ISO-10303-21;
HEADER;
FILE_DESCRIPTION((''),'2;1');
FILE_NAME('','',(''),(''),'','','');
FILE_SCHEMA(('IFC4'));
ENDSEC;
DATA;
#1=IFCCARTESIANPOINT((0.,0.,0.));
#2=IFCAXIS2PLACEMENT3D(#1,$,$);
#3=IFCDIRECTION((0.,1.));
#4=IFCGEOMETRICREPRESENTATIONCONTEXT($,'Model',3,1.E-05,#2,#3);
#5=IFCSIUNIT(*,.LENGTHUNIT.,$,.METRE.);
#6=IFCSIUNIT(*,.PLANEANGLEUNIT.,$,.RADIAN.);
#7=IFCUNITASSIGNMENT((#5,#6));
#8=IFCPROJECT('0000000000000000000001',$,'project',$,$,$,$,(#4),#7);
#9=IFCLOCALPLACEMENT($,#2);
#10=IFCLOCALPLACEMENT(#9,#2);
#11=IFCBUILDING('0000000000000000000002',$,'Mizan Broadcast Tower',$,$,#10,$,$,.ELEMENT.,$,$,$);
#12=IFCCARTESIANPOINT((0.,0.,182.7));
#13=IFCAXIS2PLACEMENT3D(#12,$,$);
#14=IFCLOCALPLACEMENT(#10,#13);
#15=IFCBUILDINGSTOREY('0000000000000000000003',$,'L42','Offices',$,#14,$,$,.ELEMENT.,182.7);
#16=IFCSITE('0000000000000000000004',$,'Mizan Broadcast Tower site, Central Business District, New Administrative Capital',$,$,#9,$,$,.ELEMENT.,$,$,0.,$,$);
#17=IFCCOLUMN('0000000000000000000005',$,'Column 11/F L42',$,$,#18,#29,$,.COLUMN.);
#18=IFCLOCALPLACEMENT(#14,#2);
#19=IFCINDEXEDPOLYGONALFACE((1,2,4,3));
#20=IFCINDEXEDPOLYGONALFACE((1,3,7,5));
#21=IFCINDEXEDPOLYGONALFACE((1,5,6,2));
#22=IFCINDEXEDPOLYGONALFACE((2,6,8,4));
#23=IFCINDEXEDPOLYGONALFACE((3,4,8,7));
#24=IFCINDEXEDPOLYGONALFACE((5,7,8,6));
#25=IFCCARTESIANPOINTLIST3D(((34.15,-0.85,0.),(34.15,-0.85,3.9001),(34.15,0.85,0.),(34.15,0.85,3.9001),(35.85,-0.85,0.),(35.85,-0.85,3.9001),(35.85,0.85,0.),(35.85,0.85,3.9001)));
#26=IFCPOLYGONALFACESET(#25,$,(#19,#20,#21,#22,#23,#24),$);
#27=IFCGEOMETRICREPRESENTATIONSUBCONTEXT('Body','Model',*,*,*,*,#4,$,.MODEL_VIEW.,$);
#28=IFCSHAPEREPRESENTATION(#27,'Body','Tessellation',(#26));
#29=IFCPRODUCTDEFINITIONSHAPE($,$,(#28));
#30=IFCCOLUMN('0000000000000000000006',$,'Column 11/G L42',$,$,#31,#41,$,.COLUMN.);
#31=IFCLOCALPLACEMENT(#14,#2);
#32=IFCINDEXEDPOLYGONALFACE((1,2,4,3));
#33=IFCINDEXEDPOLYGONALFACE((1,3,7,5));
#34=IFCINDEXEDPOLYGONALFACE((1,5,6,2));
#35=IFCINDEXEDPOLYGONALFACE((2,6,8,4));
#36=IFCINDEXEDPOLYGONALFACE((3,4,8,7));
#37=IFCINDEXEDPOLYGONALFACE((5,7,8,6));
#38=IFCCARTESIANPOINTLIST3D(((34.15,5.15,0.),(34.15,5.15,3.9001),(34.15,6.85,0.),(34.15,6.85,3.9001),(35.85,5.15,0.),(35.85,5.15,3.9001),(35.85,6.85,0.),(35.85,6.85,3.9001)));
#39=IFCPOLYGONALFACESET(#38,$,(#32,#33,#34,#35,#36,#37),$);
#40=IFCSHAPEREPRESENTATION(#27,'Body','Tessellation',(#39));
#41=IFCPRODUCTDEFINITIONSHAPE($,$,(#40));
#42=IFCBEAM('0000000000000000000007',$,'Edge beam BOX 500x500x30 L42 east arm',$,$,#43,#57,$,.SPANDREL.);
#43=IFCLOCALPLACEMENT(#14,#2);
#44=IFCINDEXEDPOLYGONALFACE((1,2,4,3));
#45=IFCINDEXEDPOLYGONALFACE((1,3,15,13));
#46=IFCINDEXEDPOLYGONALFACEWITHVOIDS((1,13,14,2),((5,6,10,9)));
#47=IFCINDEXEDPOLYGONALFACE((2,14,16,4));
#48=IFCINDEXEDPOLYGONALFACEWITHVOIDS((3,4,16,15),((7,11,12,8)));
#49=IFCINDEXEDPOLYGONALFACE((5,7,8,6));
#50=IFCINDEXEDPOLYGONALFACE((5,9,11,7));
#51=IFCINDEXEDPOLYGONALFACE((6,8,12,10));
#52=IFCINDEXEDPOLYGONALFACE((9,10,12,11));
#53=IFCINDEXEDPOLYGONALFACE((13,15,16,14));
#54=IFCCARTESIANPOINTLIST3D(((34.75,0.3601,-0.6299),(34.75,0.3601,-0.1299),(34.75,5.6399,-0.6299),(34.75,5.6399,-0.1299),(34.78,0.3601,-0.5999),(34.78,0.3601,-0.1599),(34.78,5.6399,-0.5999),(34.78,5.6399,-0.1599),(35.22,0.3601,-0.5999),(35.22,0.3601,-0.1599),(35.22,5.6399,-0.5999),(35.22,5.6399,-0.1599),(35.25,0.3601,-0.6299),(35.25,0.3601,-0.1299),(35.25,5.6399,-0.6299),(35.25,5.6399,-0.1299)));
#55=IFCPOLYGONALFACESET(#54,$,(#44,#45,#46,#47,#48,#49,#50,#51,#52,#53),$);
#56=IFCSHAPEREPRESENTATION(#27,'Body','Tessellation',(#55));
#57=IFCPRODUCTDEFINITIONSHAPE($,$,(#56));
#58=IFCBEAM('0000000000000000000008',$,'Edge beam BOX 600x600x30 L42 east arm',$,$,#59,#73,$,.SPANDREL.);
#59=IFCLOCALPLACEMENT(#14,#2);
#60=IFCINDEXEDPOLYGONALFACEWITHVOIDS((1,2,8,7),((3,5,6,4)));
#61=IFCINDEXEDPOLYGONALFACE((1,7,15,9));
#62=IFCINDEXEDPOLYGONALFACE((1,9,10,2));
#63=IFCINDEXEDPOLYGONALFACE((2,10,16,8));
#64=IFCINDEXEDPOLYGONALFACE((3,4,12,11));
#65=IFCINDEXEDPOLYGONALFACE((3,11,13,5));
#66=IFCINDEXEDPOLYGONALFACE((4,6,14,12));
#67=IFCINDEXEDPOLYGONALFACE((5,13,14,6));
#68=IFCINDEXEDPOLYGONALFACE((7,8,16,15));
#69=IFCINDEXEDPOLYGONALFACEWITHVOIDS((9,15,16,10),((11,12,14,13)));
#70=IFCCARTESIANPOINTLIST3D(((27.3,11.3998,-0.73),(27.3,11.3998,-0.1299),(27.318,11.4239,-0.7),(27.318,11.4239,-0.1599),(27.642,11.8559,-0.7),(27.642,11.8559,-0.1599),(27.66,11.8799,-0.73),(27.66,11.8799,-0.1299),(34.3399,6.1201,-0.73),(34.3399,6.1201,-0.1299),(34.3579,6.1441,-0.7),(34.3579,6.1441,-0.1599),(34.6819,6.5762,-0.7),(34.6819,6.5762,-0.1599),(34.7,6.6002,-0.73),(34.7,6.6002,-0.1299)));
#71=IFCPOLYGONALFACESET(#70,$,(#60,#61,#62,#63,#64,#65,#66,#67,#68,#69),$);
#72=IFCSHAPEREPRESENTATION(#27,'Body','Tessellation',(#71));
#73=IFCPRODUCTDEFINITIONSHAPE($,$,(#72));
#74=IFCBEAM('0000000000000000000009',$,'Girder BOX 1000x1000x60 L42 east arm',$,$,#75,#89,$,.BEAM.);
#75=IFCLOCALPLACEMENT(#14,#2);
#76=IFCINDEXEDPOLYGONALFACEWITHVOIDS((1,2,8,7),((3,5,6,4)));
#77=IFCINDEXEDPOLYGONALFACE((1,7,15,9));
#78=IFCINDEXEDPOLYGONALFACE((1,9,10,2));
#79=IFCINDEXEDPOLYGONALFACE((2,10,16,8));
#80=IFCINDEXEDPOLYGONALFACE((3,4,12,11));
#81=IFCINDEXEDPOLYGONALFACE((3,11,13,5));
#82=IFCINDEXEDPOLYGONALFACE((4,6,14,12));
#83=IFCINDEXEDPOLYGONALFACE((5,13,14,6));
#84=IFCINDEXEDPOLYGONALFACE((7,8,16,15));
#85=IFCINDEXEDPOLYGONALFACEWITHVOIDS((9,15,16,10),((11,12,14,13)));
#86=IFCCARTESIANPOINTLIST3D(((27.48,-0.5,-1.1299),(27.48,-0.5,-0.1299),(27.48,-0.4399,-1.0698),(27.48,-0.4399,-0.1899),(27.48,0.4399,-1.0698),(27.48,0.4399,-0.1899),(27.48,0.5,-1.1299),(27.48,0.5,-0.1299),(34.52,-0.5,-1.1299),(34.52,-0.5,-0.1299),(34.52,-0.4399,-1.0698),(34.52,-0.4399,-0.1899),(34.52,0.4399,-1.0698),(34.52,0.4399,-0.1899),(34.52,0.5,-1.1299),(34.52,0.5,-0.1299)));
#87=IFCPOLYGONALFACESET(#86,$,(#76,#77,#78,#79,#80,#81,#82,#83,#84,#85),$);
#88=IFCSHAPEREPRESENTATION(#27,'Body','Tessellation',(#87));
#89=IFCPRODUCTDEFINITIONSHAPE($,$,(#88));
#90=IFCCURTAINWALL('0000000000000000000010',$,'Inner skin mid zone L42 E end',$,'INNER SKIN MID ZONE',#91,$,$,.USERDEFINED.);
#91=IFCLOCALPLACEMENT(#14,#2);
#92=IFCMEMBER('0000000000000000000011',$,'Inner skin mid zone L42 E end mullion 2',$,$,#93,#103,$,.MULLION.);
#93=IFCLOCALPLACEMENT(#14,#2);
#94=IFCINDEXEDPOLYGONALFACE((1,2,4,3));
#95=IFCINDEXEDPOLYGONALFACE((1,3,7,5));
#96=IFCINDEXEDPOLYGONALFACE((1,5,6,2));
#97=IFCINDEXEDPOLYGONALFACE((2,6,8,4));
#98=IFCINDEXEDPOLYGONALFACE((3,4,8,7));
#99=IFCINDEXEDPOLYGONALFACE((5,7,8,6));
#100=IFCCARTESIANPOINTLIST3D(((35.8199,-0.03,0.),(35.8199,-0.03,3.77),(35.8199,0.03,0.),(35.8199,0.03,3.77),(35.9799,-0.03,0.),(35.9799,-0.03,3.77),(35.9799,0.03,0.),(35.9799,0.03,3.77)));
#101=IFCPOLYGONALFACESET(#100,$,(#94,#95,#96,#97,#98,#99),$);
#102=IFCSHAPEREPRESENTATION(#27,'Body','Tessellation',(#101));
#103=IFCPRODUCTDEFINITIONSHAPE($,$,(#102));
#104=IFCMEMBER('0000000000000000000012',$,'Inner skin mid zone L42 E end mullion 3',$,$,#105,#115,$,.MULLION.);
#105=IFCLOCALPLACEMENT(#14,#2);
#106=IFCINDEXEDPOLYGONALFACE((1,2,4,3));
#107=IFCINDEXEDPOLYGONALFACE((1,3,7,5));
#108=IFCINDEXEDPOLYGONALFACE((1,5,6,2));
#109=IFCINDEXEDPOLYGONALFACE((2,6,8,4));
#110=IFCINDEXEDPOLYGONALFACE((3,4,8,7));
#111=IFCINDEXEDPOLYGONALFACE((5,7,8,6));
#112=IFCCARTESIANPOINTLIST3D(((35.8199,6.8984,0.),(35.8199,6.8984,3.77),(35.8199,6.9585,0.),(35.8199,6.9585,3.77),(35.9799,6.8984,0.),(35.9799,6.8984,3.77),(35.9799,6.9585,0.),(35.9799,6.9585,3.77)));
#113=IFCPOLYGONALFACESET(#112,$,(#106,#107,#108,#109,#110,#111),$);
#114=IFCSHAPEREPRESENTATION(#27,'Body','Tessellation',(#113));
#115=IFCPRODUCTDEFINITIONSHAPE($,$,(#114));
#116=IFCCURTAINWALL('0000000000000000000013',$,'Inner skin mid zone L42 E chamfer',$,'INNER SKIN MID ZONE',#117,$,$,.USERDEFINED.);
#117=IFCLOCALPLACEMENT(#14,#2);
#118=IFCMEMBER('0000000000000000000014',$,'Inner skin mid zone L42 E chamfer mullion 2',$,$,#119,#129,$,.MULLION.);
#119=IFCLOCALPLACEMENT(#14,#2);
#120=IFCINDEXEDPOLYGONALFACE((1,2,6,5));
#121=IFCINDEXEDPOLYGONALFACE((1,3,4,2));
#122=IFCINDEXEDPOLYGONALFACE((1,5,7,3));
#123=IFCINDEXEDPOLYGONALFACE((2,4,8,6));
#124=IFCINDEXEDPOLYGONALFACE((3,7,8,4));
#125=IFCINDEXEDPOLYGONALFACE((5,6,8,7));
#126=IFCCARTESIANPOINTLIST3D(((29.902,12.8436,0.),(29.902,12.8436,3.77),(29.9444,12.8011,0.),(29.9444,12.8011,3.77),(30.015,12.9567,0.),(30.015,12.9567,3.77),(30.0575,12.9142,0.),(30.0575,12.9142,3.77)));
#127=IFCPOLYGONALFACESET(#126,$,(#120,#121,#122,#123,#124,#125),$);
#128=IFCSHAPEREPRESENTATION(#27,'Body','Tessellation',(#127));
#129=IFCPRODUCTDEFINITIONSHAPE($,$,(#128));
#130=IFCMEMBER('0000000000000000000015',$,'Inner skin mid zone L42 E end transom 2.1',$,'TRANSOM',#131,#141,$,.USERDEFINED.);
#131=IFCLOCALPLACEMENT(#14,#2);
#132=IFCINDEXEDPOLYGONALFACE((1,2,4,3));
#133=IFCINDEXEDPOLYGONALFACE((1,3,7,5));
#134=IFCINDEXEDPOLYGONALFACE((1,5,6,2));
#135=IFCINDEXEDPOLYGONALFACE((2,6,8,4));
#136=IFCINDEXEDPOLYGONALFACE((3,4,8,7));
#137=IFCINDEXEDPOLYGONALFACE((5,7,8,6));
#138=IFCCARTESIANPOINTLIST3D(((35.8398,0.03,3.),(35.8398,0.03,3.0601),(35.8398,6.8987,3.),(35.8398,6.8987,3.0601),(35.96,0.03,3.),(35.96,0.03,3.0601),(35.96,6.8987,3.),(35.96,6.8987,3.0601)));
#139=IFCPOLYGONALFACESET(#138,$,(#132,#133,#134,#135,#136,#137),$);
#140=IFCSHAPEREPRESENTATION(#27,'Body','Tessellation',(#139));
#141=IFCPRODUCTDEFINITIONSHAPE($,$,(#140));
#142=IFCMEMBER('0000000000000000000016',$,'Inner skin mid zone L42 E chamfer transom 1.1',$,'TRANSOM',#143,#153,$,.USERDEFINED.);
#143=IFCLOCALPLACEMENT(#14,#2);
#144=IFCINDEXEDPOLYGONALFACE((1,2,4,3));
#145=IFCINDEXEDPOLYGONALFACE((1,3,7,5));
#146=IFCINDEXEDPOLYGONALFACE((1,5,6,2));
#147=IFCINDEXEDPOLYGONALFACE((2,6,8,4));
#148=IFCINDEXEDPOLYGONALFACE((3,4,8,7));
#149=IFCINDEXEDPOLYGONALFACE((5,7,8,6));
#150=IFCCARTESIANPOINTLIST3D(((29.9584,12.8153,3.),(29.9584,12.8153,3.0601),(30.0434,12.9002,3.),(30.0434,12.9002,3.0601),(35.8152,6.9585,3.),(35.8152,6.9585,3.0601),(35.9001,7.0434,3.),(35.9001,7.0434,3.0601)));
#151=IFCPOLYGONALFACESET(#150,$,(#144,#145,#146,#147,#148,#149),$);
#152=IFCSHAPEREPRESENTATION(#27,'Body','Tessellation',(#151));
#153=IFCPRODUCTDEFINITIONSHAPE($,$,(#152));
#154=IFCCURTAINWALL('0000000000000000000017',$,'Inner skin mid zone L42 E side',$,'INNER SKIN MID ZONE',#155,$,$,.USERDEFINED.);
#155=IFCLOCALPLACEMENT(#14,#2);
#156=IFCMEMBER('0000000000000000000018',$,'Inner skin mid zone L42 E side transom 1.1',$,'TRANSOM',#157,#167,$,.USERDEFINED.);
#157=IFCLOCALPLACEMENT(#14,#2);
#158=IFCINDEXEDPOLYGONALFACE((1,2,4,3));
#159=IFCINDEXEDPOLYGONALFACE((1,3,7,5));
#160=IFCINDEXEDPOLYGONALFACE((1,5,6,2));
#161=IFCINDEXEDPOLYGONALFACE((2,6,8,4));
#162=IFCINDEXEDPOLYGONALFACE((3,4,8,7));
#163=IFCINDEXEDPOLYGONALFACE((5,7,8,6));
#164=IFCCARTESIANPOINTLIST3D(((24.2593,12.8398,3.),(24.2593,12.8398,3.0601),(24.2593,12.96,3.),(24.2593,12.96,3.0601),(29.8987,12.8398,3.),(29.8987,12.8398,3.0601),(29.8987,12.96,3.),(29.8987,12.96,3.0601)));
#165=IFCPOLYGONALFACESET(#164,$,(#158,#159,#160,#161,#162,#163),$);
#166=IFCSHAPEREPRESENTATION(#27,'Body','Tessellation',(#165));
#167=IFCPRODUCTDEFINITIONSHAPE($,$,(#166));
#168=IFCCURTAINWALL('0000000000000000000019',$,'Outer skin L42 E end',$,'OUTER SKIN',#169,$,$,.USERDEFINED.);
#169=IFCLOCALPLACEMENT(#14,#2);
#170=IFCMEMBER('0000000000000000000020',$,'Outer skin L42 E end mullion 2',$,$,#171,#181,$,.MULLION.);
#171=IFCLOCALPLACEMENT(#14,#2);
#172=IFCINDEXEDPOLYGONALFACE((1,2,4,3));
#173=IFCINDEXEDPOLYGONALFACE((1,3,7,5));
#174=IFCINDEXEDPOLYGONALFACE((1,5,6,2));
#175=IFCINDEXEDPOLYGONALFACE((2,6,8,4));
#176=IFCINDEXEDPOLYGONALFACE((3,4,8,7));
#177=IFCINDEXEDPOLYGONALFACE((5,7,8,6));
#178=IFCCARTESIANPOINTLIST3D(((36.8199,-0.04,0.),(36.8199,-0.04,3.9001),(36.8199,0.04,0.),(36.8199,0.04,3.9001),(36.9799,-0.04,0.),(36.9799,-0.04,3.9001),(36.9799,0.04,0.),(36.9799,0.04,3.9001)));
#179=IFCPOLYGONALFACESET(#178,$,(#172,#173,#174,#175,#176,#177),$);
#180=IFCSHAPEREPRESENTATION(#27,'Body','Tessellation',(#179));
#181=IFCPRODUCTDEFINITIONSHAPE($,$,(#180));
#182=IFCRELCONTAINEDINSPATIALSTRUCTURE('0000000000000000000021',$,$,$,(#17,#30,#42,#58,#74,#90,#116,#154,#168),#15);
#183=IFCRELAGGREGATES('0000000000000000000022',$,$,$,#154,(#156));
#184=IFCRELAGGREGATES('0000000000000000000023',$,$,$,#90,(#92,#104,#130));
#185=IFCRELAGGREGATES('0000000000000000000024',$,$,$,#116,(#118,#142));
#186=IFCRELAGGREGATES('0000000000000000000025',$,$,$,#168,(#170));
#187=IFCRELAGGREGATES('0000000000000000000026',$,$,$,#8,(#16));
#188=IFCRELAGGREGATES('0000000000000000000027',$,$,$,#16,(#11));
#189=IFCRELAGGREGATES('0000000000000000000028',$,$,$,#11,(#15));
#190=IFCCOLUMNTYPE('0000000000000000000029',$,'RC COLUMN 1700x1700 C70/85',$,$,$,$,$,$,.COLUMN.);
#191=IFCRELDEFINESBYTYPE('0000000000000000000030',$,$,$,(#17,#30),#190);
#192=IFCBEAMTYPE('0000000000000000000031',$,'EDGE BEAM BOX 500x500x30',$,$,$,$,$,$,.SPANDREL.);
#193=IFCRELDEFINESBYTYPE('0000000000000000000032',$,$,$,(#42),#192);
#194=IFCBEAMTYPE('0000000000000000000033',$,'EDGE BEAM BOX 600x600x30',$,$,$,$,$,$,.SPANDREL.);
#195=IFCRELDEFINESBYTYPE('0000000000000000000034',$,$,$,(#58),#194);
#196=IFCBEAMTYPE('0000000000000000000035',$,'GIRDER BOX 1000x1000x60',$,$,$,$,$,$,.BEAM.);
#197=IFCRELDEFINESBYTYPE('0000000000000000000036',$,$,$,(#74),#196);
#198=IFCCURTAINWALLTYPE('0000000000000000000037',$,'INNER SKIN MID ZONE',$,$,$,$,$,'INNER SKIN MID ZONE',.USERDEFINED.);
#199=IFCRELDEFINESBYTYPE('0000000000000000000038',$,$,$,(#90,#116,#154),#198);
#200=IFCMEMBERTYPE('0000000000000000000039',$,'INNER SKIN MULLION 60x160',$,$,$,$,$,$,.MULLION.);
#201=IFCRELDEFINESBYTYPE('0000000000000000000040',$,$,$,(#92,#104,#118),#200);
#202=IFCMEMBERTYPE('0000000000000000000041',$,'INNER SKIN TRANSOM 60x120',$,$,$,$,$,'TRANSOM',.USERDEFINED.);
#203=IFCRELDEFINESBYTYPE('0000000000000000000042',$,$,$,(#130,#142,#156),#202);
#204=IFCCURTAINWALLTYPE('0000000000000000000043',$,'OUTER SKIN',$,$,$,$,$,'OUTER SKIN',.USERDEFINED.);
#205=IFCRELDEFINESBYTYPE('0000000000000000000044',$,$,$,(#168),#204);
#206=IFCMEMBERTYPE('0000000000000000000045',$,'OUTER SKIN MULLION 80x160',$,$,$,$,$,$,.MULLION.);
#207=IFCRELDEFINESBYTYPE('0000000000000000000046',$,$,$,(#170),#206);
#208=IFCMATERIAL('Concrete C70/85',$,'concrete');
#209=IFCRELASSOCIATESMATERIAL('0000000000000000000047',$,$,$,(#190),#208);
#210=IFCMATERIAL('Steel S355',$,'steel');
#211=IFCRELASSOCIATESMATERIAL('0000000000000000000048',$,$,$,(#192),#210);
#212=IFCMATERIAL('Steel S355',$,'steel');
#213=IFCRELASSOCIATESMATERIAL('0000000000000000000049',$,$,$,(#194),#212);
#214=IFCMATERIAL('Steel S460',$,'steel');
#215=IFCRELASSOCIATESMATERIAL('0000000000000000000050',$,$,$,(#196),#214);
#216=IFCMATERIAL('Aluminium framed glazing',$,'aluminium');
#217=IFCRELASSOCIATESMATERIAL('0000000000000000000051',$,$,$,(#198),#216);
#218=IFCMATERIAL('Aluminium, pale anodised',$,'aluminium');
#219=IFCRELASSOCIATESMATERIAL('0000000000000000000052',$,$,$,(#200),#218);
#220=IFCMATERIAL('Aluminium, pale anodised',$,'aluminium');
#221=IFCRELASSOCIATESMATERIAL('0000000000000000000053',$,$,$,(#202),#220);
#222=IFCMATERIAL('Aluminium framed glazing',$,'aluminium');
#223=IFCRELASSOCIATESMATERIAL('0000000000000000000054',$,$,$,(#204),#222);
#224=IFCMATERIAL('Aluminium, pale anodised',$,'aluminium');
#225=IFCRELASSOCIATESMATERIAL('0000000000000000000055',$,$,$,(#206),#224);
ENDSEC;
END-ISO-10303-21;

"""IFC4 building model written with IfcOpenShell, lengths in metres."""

from ifc_helpers import new_model, si_unit, direction, frame, origin, origin_2d, place, context, subcontext, project, spatial, rectangle, hollow_rectangle, extrude, material, material_profile, profile_set, type_object, element, aggregate, save


model = new_model("IFC4")

# Units and contexts
model_context = context("Model", 3, precision=1e-05, world=origin(), true_north=direction((0.0, 1.0)))
body_context = subcontext(model_context, "Body", "Model", "MODEL_VIEW")
ifc_project = project(units=[si_unit("LENGTHUNIT", "METRE"), si_unit("PLANEANGLEUNIT", "RADIAN")], contexts=[model_context])

# Site, building, storey
site_placement = place(None, origin())
site = spatial("IfcSite", under=ifc_project, at=site_placement, Name="Mizan Broadcast Tower site, Central Business District, New Administrative Capital", CompositionType="ELEMENT", RefElevation=0.0)
building_placement = place(site_placement, origin())
building = spatial("IfcBuilding", under=site, at=building_placement, Name="Mizan Broadcast Tower", CompositionType="ELEMENT")
storey_placement = place(building_placement, frame((0.0, 0.0, 182.7)))
storey = spatial("IfcBuildingStorey", under=building, at=storey_placement, Name="L42", Description="Offices", CompositionType="ELEMENT", Elevation=182.7)

# Columns
ifc_material_1 = material(Name="Concrete C70/85", Category="concrete")
ifc_material_profile_1 = material_profile(ifc_material_1, rectangle(XDim=1.7, YDim=1.7, at=origin_2d()), Name="RC 1700x1700")
ifc_profile_set_1 = profile_set([ifc_material_profile_1], Name="Concrete C70/85")
column_type = type_object("IfcColumnType", Name="RC COLUMN 1700x1700 C70/85", PredefinedType="COLUMN", material=ifc_profile_set_1)
for number, where, z_axis, x_axis, name in (
    (1, (35.0, 0.0, 0.0), (0.0, 0.0, 1.0), (1.0, 0.0, 0.0), "Column 11/F L42"),
    (2, (35.0, 6.0, 0.0), (0.0, 0.0, 1.0), (1.0, 0.0, 0.0), "Column 11/G L42"),
):
    element("IfcColumn", number, at=place(storey_placement, frame(where, z_axis=z_axis, x_axis=x_axis)), inside=storey, type_object=column_type, Name=name, PredefinedType="COLUMN", context=body_context, shape_type="SweptSolid", body=[
        extrude(rectangle(XDim=1.7, YDim=1.7, at=origin_2d()), origin(), (0.0, 0.0, 1.0), 3.9001),
    ])

# Beams
ifc_material_2 = material(Name="Steel S355", Category="steel")
ifc_material_profile_2 = material_profile(ifc_material_2, hollow_rectangle(XDim=0.5, YDim=0.5, WallThickness=0.03, at=origin_2d()), Name="BOX 500x500x30")
ifc_profile_set_2 = profile_set([ifc_material_profile_2], Name="Steel S355")
beam_type_1 = type_object("IfcBeamType", Name="EDGE BEAM BOX 500x500x30", PredefinedType="SPANDREL", material=ifc_profile_set_2)
beam_1_placement = place(storey_placement, frame((35.0, 5.6399, -0.3799), z_axis=(0.0, -1.0, 0.0), x_axis=(1.0, 0.0, 0.0)))
element("IfcBeam", 3, at=beam_1_placement, inside=storey, type_object=beam_type_1, Name="Edge beam BOX 500x500x30 L42 east arm", PredefinedType="SPANDREL", context=body_context, shape_type="SweptSolid", body=[
    extrude(hollow_rectangle(XDim=0.5, YDim=0.5, WallThickness=0.03, at=origin_2d()), origin(), (0.0, 0.0, 1.0), 5.2798),
])
ifc_material_3 = material(Name="Steel S355", Category="steel")
ifc_material_profile_3 = material_profile(ifc_material_3, hollow_rectangle(XDim=0.6001, YDim=0.6001, WallThickness=0.03, at=origin_2d()), Name="BOX 600x600x30")
ifc_profile_set_3 = profile_set([ifc_material_profile_3], Name="Steel S355")
beam_type_2 = type_object("IfcBeamType", Name="EDGE BEAM BOX 600x600x30", PredefinedType="SPANDREL", material=ifc_profile_set_3)
beam_2_placement = place(storey_placement, frame((27.48, 11.6399, -0.4299), z_axis=(0.800013, -0.599982, 0.0), x_axis=(0.599982, 0.800013, 0.0)))
element("IfcBeam", 4, at=beam_2_placement, inside=storey, type_object=beam_type_2, Name="Edge beam BOX 600x600x30 L42 east arm", PredefinedType="SPANDREL", context=body_context, shape_type="SweptSolid", body=[
    extrude(hollow_rectangle(XDim=0.6001, YDim=0.6001, WallThickness=0.03, at=origin_2d()), origin(), (0.0, 0.0, 1.0), 8.7998),
])
ifc_material_4 = material(Name="Steel S460", Category="steel")
ifc_material_profile_4 = material_profile(ifc_material_4, hollow_rectangle(XDim=1.0, YDim=1.0, WallThickness=0.0601, at=origin_2d()), Name="BOX 1000x1000x60")
ifc_profile_set_4 = profile_set([ifc_material_profile_4], Name="Steel S460")
beam_type_3 = type_object("IfcBeamType", Name="GIRDER BOX 1000x1000x60", PredefinedType="BEAM", material=ifc_profile_set_4)
beam_3_placement = place(storey_placement, frame((27.48, 0.0, -0.6299), z_axis=(1.0, 0.0, 0.0), x_axis=(0.0, 1.0, 0.0)))
element("IfcBeam", 5, at=beam_3_placement, inside=storey, type_object=beam_type_3, Name="Girder BOX 1000x1000x60 L42 east arm", PredefinedType="BEAM", context=body_context, shape_type="SweptSolid", body=[
    extrude(hollow_rectangle(XDim=1.0, YDim=1.0, WallThickness=0.0601, at=origin_2d()), origin(), (0.0, 0.0, 1.0), 7.04),
])

# Curtain wall, members
ifc_material_5 = material(Name="Aluminium framed glazing", Category="aluminium")
curtain_wall_type_1 = type_object("IfcCurtainWallType", Name="INNER SKIN MID ZONE", ElementType="INNER SKIN MID ZONE", PredefinedType="USERDEFINED", material=ifc_material_5)
curtain_wall_1_placement = place(storey_placement, origin())
curtain_wall_1 = element("IfcCurtainWall", 6, at=curtain_wall_1_placement, inside=storey, type_object=curtain_wall_type_1, Name="Inner skin mid zone L42 E end", ObjectType="INNER SKIN MID ZONE", PredefinedType="USERDEFINED")
ifc_material_6 = material(Name="Aluminium, pale anodised", Category="aluminium")
ifc_material_profile_5 = material_profile(ifc_material_6, rectangle(XDim=0.1599, YDim=0.0601, at=origin_2d()), Name="MULLION 160x60")
ifc_profile_set_5 = profile_set([ifc_material_profile_5], Name="Aluminium, pale anodised")
member_type_1 = type_object("IfcMemberType", Name="INNER SKIN MULLION 60x160", PredefinedType="MULLION", material=ifc_profile_set_5)
member_1_placement = place(storey_placement, frame((35.8999, 0.0, 0.0), z_axis=(0.0, 0.0, 1.0), x_axis=(-1.0, 0.0, 0.0)))
member_1 = element("IfcMember", 7, at=member_1_placement, type_object=member_type_1, Name="Inner skin mid zone L42 E end mullion 2", PredefinedType="MULLION", context=body_context, shape_type="SweptSolid", body=[
    extrude(rectangle(XDim=0.1599, YDim=0.0601, at=origin_2d()), origin(), (0.0, 0.0, 1.0), 3.77),
])
member_2_placement = place(storey_placement, frame((35.8999, 6.9285, 0.0), z_axis=(0.0, 0.0, 1.0), x_axis=(-1.0, 0.0, 0.0)))
member_2 = element("IfcMember", 8, at=member_2_placement, type_object=member_type_1, Name="Inner skin mid zone L42 E end mullion 3", PredefinedType="MULLION", context=body_context, shape_type="SweptSolid", body=[
    extrude(rectangle(XDim=0.1599, YDim=0.0601, at=origin_2d()), origin(), (0.0, 0.0, 1.0), 3.77),
])

# Curtain wall, member
curtain_wall_2_placement = place(storey_placement, origin())
curtain_wall_2 = element("IfcCurtainWall", 9, at=curtain_wall_2_placement, inside=storey, type_object=curtain_wall_type_1, Name="Inner skin mid zone L42 E chamfer", ObjectType="INNER SKIN MID ZONE", PredefinedType="USERDEFINED")
member_3_placement = place(storey_placement, frame((29.9797, 12.8789, 0.0), z_axis=(0.0, 0.0, 1.0), x_axis=(-0.707107, -0.707107, 0.0)))
member_3 = element("IfcMember", 10, at=member_3_placement, type_object=member_type_1, Name="Inner skin mid zone L42 E chamfer mullion 2", PredefinedType="MULLION", context=body_context, shape_type="SweptSolid", body=[
    extrude(rectangle(XDim=0.1599, YDim=0.0601, at=origin_2d()), origin(), (0.0, 0.0, 1.0), 3.77),
])

# Members
ifc_material_7 = material(Name="Aluminium, pale anodised", Category="aluminium")
ifc_material_profile_6 = material_profile(ifc_material_7, rectangle(XDim=0.1201, YDim=0.0601, at=origin_2d()), Name="TRANSOM 120x60")
ifc_profile_set_6 = profile_set([ifc_material_profile_6], Name="Aluminium, pale anodised")
member_type_2 = type_object("IfcMemberType", Name="INNER SKIN TRANSOM 60x120", ElementType="TRANSOM", PredefinedType="USERDEFINED", material=ifc_profile_set_6)
member_4_placement = place(storey_placement, frame((35.8999, 0.03, 3.03), z_axis=(0.0, 1.0, 0.0), x_axis=(-1.0, 0.0, 0.0)))
member_4 = element("IfcMember", 11, at=member_4_placement, type_object=member_type_2, Name="Inner skin mid zone L42 E end transom 2.1", ObjectType="TRANSOM", PredefinedType="USERDEFINED", context=body_context, shape_type="SweptSolid", body=[
    extrude(rectangle(XDim=0.1201, YDim=0.0601, at=origin_2d()), origin(), (0.0, 0.0, 1.0), 6.8687),
])
member_5_placement = place(storey_placement, frame((35.8577, 7.001, 3.03), z_axis=(-0.707107, 0.707107, 0.0), x_axis=(-0.707107, -0.707107, 0.0)))
member_5 = element("IfcMember", 12, at=member_5_placement, type_object=member_type_2, Name="Inner skin mid zone L42 E chamfer transom 1.1", ObjectType="TRANSOM", PredefinedType="USERDEFINED", context=body_context, shape_type="SweptSolid", body=[
    extrude(rectangle(XDim=0.1201, YDim=0.0601, at=origin_2d()), origin(), (0.0, 0.0, 1.0), 8.2827),
])

# Curtain wall, member
curtain_wall_3_placement = place(storey_placement, origin())
curtain_wall_3 = element("IfcCurtainWall", 13, at=curtain_wall_3_placement, inside=storey, type_object=curtain_wall_type_1, Name="Inner skin mid zone L42 E side", ObjectType="INNER SKIN MID ZONE", PredefinedType="USERDEFINED")
member_6_placement = place(storey_placement, frame((29.8987, 12.8999, 3.03), z_axis=(-1.0, 0.0, 0.0), x_axis=(0.0, -1.0, 0.0)))
member_6 = element("IfcMember", 14, at=member_6_placement, type_object=member_type_2, Name="Inner skin mid zone L42 E side transom 1.1", ObjectType="TRANSOM", PredefinedType="USERDEFINED", context=body_context, shape_type="SweptSolid", body=[
    extrude(rectangle(XDim=0.1201, YDim=0.0601, at=origin_2d()), origin(), (0.0, 0.0, 1.0), 5.6394),
])
aggregate(curtain_wall_3, [member_6])

# Curtain wall, member
ifc_material_8 = material(Name="Aluminium framed glazing", Category="aluminium")
curtain_wall_type_2 = type_object("IfcCurtainWallType", Name="OUTER SKIN", ElementType="OUTER SKIN", PredefinedType="USERDEFINED", material=ifc_material_8)
curtain_wall_4_placement = place(storey_placement, origin())
curtain_wall_4 = element("IfcCurtainWall", 15, at=curtain_wall_4_placement, inside=storey, type_object=curtain_wall_type_2, Name="Outer skin L42 E end", ObjectType="OUTER SKIN", PredefinedType="USERDEFINED")
ifc_material_9 = material(Name="Aluminium, pale anodised", Category="aluminium")
ifc_material_profile_7 = material_profile(ifc_material_9, rectangle(XDim=0.1599, YDim=0.0801, at=origin_2d()), Name="MULLION 160x80")
ifc_profile_set_7 = profile_set([ifc_material_profile_7], Name="Aluminium, pale anodised")
member_type_3 = type_object("IfcMemberType", Name="OUTER SKIN MULLION 80x160", PredefinedType="MULLION", material=ifc_profile_set_7)
member_7_placement = place(storey_placement, frame((36.8999, 0.0, 0.0), z_axis=(0.0, 0.0, 1.0), x_axis=(-1.0, 0.0, 0.0)))
member_7 = element("IfcMember", 16, at=member_7_placement, type_object=member_type_3, Name="Outer skin L42 E end mullion 2", PredefinedType="MULLION", context=body_context, shape_type="SweptSolid", body=[
    extrude(rectangle(XDim=0.1599, YDim=0.0801, at=origin_2d()), origin(), (0.0, 0.0, 1.0), 3.9001),
])

aggregate(curtain_wall_1, [member_1, member_2, member_4])
aggregate(curtain_wall_2, [member_3, member_5])
aggregate(curtain_wall_4, [member_7])

save(model, "model.ifc")
